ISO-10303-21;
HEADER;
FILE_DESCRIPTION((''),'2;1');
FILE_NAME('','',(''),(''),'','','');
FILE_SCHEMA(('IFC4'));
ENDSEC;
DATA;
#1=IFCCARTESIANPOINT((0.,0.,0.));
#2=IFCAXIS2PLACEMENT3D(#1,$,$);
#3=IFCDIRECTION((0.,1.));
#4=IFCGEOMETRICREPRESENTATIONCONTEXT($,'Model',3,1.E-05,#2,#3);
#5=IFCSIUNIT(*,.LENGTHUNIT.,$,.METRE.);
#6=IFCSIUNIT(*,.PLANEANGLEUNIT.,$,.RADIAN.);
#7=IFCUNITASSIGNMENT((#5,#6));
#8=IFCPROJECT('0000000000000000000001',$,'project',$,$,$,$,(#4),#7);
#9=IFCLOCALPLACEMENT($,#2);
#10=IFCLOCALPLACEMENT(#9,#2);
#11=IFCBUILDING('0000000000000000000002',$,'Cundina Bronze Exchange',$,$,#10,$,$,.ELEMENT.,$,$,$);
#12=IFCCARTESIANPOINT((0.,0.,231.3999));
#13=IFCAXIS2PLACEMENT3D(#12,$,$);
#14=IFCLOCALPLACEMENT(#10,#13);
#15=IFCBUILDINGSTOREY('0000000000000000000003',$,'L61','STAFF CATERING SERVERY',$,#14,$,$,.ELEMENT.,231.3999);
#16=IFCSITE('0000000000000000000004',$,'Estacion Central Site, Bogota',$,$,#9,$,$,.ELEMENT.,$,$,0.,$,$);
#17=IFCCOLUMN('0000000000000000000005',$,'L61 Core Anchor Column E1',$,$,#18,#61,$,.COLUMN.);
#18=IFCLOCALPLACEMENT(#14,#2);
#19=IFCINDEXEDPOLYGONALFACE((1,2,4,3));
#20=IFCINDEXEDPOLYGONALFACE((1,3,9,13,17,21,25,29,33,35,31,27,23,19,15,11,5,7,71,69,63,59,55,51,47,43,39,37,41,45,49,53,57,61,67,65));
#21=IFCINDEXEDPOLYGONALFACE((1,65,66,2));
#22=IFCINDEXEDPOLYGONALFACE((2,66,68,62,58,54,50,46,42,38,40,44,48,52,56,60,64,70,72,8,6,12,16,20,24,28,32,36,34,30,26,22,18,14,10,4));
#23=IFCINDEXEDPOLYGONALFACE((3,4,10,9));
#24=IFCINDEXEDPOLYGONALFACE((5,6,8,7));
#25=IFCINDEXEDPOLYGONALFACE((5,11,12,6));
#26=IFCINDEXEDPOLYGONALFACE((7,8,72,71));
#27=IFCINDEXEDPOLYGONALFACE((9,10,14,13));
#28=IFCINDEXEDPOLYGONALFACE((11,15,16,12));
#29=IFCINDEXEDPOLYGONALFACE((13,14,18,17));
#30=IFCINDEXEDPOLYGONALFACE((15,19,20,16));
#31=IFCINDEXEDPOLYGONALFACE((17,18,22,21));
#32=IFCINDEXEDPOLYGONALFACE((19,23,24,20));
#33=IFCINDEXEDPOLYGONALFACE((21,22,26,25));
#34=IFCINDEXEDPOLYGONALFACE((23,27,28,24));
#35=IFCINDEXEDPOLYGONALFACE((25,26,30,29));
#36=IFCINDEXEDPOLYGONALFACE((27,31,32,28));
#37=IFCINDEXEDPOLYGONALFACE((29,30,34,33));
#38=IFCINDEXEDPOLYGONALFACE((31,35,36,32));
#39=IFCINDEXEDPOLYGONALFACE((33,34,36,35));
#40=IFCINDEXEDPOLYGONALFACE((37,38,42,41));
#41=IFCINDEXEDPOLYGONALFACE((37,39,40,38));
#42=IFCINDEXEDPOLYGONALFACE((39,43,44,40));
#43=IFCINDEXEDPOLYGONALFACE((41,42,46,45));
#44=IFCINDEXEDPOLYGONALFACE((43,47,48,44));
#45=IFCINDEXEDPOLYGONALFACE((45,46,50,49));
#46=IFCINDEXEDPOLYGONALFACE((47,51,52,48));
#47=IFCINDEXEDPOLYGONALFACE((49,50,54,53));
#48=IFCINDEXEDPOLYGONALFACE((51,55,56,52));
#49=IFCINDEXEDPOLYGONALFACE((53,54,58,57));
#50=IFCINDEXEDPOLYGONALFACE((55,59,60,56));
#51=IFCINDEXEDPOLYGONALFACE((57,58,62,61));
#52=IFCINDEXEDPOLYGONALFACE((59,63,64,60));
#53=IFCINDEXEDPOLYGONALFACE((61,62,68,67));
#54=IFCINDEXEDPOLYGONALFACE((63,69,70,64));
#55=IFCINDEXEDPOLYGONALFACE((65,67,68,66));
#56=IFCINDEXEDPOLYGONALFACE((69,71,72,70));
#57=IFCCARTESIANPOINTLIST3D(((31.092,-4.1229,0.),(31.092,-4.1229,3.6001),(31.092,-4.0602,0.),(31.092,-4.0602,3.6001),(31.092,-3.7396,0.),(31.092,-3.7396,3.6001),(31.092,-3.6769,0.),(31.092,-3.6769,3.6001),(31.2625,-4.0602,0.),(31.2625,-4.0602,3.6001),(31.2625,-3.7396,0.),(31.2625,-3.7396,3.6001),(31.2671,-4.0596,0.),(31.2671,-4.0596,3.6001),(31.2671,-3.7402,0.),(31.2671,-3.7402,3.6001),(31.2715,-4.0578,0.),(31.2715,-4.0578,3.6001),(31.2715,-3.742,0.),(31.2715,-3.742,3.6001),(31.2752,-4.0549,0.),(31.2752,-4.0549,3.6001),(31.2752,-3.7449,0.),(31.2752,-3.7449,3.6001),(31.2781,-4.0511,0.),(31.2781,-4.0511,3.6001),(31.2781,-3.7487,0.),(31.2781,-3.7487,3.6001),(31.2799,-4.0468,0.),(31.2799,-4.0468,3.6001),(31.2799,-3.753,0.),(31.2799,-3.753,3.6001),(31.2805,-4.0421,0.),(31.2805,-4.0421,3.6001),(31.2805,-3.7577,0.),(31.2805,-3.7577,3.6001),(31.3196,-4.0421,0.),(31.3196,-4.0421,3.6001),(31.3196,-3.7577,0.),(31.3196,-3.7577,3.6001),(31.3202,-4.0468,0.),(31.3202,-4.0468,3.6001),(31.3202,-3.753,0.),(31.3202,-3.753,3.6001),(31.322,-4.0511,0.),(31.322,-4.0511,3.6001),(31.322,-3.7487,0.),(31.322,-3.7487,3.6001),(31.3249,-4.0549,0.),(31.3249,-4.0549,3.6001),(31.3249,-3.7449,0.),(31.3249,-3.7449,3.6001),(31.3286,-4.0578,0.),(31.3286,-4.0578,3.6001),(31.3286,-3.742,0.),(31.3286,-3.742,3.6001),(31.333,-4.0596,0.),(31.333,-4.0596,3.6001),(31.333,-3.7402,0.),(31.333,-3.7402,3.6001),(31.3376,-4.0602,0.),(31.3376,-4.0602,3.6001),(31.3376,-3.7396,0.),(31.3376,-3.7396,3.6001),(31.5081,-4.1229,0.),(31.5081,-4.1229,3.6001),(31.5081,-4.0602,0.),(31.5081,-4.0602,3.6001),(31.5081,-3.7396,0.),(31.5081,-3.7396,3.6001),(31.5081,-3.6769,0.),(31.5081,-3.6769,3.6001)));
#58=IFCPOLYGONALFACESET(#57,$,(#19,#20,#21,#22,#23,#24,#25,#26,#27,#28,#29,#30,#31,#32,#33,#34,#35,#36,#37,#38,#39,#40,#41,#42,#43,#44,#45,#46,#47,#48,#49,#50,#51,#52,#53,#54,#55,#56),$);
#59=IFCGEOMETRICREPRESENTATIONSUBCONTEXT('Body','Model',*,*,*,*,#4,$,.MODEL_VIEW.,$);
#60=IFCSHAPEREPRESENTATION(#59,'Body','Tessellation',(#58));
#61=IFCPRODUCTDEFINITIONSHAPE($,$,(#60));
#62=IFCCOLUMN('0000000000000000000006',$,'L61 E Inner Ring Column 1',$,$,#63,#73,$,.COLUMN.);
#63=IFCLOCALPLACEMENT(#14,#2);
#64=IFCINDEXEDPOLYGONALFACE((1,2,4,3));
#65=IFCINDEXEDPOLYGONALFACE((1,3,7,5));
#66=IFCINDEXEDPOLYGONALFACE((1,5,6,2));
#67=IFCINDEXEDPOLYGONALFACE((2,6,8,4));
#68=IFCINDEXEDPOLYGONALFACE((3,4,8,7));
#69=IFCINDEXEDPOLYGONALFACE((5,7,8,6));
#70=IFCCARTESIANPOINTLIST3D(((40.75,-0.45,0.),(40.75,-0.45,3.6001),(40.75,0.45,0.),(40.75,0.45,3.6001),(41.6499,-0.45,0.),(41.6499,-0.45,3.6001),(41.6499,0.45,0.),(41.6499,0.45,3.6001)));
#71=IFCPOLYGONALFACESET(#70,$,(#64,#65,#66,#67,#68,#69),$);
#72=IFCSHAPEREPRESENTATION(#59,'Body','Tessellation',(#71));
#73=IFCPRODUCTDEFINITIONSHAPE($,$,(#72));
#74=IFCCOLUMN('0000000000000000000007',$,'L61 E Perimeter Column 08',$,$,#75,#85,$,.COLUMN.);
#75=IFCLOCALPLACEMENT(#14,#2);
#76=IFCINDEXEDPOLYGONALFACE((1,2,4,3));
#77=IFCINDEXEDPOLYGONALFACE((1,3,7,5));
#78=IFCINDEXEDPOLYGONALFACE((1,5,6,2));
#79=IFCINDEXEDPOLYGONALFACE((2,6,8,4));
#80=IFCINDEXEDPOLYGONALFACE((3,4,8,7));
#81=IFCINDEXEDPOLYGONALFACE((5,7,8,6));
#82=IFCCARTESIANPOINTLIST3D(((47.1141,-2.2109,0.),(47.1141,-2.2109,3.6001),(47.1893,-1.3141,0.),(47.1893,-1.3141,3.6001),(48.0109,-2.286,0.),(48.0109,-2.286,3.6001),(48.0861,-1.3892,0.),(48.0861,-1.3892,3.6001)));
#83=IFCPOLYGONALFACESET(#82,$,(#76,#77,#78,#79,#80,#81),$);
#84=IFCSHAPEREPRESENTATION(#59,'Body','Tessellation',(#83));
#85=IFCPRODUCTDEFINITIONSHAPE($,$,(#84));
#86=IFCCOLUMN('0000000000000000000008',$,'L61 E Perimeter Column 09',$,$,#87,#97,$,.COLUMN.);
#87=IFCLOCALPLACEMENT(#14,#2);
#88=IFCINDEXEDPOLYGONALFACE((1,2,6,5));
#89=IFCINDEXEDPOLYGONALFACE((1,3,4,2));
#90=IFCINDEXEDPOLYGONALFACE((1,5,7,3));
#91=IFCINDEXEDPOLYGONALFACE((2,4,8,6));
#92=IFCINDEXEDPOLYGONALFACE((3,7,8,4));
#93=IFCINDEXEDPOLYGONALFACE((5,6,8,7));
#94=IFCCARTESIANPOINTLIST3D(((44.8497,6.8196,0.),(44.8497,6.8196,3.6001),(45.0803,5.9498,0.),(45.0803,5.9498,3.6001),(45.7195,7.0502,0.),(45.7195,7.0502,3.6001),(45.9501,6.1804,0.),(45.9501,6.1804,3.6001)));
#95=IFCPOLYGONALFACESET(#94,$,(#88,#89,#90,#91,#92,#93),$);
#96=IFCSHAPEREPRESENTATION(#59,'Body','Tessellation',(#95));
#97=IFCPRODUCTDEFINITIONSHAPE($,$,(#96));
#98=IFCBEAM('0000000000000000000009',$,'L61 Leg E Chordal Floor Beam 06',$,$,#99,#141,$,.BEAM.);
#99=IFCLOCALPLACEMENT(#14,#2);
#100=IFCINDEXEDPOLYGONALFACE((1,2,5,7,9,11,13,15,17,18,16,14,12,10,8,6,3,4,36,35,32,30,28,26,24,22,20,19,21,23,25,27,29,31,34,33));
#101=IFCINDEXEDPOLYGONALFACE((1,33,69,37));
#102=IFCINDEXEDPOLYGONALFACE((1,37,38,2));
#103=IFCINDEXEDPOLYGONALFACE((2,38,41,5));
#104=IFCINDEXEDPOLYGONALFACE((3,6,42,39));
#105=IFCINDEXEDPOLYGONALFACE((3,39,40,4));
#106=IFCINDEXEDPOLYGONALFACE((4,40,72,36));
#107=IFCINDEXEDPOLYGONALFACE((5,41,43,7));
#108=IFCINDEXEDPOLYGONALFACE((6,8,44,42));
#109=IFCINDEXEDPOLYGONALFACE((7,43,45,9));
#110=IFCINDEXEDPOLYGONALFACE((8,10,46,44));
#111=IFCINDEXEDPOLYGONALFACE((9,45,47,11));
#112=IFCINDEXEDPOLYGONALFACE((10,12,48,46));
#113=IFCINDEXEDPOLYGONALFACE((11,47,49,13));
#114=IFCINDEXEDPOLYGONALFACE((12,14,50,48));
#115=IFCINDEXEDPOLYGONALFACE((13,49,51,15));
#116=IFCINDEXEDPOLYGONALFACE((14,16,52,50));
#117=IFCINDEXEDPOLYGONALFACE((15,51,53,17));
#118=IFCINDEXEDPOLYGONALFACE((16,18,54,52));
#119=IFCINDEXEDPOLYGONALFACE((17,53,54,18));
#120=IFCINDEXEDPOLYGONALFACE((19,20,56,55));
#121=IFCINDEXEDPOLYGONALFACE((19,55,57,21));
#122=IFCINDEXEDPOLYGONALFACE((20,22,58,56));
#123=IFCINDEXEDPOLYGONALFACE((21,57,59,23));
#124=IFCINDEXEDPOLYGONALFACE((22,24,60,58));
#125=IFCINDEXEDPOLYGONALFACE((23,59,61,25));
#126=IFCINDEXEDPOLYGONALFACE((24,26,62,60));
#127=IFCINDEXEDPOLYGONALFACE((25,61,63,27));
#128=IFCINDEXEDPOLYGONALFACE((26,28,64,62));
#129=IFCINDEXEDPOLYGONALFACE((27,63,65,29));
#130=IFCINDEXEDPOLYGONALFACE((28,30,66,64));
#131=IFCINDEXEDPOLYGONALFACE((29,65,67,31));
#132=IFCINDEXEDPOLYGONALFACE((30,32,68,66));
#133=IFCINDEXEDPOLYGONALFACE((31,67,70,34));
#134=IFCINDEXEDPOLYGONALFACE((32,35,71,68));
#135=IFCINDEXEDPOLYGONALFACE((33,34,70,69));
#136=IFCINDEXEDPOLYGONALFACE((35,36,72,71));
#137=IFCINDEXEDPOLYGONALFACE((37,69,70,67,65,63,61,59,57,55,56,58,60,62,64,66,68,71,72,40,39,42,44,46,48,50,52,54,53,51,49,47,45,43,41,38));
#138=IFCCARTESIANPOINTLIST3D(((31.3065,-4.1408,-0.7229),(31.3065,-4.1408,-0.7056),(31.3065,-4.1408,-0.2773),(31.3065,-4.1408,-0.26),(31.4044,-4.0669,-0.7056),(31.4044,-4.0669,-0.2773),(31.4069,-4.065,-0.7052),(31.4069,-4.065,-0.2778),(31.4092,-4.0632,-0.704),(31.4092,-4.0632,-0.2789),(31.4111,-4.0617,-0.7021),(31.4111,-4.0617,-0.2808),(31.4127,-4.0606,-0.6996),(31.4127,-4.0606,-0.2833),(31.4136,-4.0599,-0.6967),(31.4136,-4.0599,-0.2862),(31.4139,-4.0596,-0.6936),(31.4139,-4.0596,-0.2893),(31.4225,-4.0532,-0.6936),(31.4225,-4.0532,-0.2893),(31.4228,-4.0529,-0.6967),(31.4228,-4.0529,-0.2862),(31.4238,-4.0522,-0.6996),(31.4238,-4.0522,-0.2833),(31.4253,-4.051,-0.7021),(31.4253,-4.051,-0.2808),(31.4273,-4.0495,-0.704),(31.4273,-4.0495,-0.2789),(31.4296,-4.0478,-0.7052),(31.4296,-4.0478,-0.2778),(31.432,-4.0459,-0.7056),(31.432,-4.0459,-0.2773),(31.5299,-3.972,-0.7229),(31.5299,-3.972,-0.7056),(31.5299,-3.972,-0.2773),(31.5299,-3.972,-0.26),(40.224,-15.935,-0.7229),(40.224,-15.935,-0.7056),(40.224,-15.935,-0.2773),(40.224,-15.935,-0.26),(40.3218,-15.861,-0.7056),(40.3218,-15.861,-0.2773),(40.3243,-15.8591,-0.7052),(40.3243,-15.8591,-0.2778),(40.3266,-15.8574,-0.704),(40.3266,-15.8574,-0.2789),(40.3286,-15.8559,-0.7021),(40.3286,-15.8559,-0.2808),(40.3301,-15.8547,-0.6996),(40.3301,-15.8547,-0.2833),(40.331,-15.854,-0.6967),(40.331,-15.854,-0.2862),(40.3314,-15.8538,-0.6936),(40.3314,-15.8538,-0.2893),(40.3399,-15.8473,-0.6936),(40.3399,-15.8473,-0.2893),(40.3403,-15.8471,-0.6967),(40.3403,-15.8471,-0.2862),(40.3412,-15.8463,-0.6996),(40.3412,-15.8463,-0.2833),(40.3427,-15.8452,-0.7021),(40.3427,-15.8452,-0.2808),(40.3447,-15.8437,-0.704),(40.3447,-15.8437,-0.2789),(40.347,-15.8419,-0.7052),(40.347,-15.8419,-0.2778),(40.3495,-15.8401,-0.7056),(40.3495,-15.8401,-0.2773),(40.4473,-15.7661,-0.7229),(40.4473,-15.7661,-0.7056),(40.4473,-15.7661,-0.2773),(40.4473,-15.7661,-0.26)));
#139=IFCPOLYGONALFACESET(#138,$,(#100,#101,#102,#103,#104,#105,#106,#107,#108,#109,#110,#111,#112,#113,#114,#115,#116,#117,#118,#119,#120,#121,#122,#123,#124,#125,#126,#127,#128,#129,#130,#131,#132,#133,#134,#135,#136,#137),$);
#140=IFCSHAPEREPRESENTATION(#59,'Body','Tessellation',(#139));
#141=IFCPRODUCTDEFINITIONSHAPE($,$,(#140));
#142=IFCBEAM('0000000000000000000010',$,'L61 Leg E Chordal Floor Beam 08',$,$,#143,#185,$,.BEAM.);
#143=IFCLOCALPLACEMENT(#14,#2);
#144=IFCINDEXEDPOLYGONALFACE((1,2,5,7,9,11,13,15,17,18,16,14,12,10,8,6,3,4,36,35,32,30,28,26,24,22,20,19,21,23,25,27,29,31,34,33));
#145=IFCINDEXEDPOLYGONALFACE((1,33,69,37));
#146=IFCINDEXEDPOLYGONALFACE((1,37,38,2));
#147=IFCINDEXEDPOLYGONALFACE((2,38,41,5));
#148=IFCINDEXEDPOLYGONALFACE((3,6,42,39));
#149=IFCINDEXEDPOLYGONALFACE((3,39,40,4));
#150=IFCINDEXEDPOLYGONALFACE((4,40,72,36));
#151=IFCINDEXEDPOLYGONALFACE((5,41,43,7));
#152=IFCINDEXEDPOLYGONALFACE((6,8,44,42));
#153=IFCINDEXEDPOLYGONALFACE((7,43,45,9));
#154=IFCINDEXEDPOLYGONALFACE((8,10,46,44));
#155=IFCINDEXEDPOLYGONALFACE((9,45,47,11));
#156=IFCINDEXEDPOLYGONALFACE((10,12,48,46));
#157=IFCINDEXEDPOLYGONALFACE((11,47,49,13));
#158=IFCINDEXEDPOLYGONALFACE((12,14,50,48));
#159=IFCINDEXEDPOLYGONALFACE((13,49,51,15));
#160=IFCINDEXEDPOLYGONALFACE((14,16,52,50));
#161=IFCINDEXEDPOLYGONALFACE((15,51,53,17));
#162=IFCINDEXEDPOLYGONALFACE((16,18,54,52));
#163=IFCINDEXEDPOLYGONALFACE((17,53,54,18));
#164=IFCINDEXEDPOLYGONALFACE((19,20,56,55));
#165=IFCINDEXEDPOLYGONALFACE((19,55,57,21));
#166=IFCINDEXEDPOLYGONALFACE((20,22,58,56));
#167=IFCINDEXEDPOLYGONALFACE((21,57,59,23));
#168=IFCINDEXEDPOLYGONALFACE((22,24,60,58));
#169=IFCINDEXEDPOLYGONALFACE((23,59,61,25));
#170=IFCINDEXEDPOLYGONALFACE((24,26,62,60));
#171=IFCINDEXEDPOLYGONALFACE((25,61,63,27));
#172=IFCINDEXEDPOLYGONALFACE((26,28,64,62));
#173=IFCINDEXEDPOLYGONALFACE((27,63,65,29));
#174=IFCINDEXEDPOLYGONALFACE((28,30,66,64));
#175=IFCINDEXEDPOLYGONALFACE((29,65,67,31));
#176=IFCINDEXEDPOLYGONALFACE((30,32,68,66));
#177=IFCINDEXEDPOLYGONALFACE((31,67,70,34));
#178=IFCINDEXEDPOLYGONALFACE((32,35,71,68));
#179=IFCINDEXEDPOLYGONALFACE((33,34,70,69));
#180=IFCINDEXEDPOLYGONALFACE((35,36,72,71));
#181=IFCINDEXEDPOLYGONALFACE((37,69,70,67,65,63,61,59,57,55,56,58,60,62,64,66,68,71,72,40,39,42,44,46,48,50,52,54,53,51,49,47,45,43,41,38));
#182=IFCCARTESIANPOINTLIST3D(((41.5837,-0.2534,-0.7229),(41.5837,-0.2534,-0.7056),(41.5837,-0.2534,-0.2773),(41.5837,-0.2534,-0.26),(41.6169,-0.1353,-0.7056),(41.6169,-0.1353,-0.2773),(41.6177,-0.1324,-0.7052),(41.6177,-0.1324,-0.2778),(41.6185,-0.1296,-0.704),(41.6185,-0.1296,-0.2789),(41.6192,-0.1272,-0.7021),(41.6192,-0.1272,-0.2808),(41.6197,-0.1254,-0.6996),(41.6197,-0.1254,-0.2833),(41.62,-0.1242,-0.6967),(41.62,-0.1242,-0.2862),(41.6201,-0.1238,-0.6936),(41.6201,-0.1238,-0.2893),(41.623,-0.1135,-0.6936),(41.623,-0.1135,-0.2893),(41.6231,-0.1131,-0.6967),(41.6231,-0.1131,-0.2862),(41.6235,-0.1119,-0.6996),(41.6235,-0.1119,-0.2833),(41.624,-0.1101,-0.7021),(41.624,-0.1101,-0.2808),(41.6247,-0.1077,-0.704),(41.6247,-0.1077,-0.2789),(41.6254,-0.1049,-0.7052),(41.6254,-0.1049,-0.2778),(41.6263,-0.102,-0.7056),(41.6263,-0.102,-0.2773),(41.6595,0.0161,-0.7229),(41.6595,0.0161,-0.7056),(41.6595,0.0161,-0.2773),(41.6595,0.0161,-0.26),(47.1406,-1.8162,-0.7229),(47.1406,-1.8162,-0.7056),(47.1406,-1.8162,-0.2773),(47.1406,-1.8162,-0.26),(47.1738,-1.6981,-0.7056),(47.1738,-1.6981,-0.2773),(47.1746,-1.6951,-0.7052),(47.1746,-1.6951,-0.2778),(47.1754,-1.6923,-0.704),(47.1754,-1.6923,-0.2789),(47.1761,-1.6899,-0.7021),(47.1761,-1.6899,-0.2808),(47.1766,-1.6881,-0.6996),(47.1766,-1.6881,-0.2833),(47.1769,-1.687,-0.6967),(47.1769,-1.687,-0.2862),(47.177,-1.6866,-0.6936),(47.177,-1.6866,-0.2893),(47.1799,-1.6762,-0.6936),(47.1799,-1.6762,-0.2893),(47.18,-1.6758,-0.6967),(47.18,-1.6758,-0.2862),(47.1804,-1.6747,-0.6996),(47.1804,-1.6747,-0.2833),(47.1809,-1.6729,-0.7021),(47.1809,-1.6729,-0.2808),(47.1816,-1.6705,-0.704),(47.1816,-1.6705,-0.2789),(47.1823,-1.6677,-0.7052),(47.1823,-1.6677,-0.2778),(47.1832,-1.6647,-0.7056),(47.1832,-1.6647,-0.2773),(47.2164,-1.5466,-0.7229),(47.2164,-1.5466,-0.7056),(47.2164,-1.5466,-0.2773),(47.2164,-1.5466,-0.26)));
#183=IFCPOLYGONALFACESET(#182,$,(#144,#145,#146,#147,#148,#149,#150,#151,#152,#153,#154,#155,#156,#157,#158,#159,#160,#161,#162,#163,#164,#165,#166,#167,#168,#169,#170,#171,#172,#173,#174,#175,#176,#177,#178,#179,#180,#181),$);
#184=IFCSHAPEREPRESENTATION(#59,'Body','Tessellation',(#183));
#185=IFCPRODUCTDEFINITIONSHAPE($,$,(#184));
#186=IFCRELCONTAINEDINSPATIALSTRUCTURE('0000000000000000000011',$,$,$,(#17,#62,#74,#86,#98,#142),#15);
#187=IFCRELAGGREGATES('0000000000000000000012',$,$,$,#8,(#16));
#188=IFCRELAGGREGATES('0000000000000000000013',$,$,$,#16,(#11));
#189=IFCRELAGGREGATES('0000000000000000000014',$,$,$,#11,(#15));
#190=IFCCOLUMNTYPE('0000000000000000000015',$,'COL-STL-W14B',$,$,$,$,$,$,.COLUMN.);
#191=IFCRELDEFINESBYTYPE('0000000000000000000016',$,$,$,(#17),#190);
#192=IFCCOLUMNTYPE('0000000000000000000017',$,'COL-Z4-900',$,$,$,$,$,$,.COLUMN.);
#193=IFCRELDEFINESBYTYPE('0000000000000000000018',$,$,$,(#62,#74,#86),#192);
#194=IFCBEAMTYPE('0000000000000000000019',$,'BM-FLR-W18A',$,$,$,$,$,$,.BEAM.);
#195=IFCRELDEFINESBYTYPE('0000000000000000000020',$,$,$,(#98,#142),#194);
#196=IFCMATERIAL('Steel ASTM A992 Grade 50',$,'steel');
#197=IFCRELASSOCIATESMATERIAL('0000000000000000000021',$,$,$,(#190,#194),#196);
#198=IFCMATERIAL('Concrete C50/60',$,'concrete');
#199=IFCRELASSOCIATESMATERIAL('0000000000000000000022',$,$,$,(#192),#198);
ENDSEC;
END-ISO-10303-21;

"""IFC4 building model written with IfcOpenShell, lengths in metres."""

from ifc_helpers import new_model, si_unit, direction, frame, origin, origin_2d, place, context, subcontext, project, spatial, rectangle, i_section, extrude, material, material_profile, profile_set, type_object, element, save


model = new_model("IFC4")

# Units and contexts
model_context = context("Model", 3, precision=1e-05, world=origin(), true_north=direction((0.0, 1.0)))
body_context = subcontext(model_context, "Body", "Model", "MODEL_VIEW")
ifc_project = project(units=[si_unit("LENGTHUNIT", "METRE"), si_unit("PLANEANGLEUNIT", "RADIAN")], contexts=[model_context])

# Site, building, storey
site_placement = place(None, origin())
site = spatial("IfcSite", under=ifc_project, at=site_placement, Name="Estacion Central Site, Bogota", CompositionType="ELEMENT", RefElevation=0.0)
building_placement = place(site_placement, origin())
building = spatial("IfcBuilding", under=site, at=building_placement, Name="Cundina Bronze Exchange", CompositionType="ELEMENT")
storey_placement = place(building_placement, frame((0.0, 0.0, 231.3999)))
storey = spatial("IfcBuildingStorey", under=building, at=storey_placement, Name="L61", Description="STAFF CATERING SERVERY", CompositionType="ELEMENT", Elevation=231.3999)

# Columns
ifc_material_1 = material(Name="Steel ASTM A992 Grade 50", Category="steel")
ifc_material_profile_1 = material_profile(ifc_material_1, i_section(OverallWidth=0.416, OverallDepth=0.446, WebThickness=0.0391, FlangeThickness=0.0627, FilletRadius=0.0181, at=origin_2d()), Name="W14X342", Category="steel")
ifc_profile_set_1 = profile_set([ifc_material_profile_1], Name="Steel ASTM A992 Grade 50")
column_type_1 = type_object("IfcColumnType", Name="COL-STL-W14B", PredefinedType="COLUMN", material=ifc_profile_set_1)
column_placement = place(storey_placement, frame((31.3, -3.8999, 0.0), z_axis=(0.0, 0.0, 1.0), x_axis=(1.0, 0.0, 0.0)))
element("IfcColumn", 1, at=column_placement, inside=storey, type_object=column_type_1, Name="L61 Core Anchor Column E1", PredefinedType="COLUMN", context=body_context, shape_type="SweptSolid", body=[
    extrude(i_section(OverallWidth=0.416, OverallDepth=0.446, WebThickness=0.0391, FlangeThickness=0.0627, FilletRadius=0.0181, at=origin_2d()), origin(), (0.0, 0.0, 1.0), 3.6001),
])
ifc_material_2 = material(Name="Concrete C50/60", Category="concrete")
ifc_material_profile_2 = material_profile(ifc_material_2, rectangle(XDim=0.8999, YDim=0.8999, at=origin_2d()), Name="RC900X900", Category="concrete")
ifc_profile_set_2 = profile_set([ifc_material_profile_2], Name="Concrete C50/60")
column_type_2 = type_object("IfcColumnType", Name="COL-Z4-900", PredefinedType="COLUMN", material=ifc_profile_set_2)
for number, where, z_axis, x_axis, name in (
    (2, (41.2, 0.0, 0.0), (0.0, 0.0, 1.0), (1.0, 0.0, 0.0), "L61 E Inner Ring Column 1"),
    (3, (47.6001, -1.8, 0.0), (0.0, 0.0, 1.0), (0.083504, 0.996507, 0.0), "L61 E Perimeter Column 08"),
    (4, (45.3999, 6.5, 0.0), (0.0, 0.0, 1.0), (-0.256289, 0.9666, 0.0), "L61 E Perimeter Column 09"),
):
    element("IfcColumn", number, at=place(storey_placement, frame(where, z_axis=z_axis, x_axis=x_axis)), inside=storey, type_object=column_type_2, Name=name, PredefinedType="COLUMN", context=body_context, shape_type="SweptSolid", body=[
        extrude(rectangle(XDim=0.8999, YDim=0.8999, at=origin_2d()), origin(), (0.0, 0.0, 1.0), 3.6001),
    ])

# Beams
ifc_material_profile_3 = material_profile(ifc_material_1, i_section(OverallWidth=0.28, OverallDepth=0.4629, WebThickness=0.0107, FlangeThickness=0.0173, FilletRadius=0.012, at=origin_2d()), Name="W18X76", Category="steel")
ifc_profile_set_3 = profile_set([ifc_material_profile_3], Name="Steel ASTM A992 Grade 50")
beam_type_1 = type_object("IfcBeamType", Name="BM-FLR-W18A", PredefinedType="BEAM", material=ifc_profile_set_3)
beam_1_placement = place(storey_placement, frame((31.4182, -4.0564, -0.4915), z_axis=(0.603105, -0.797662, 0.0), x_axis=(0.797662, 0.603105, 0.0)))
element("IfcBeam", 5, at=beam_1_placement, inside=storey, type_object=beam_type_1, Name="L61 Leg E Chordal Floor Beam 06", PredefinedType="BEAM", context=body_context, shape_type="SweptSolid", body=[
    extrude(i_section(OverallWidth=0.28, OverallDepth=0.4629, WebThickness=0.0107, FlangeThickness=0.0173, FilletRadius=0.012, at=origin_2d()), origin(), (0.0, 0.0, 1.0), 14.7859),
])
beam_2_placement = place(storey_placement, frame((41.6216, -0.1187, -0.4915), z_axis=(0.962657, -0.270725, 0.0), x_axis=(0.270725, 0.962657, 0.0)))
element("IfcBeam", 6, at=beam_2_placement, inside=storey, type_object=beam_type_1, Name="L61 Leg E Chordal Floor Beam 08", PredefinedType="BEAM", context=body_context, shape_type="SweptSolid", body=[
    extrude(i_section(OverallWidth=0.28, OverallDepth=0.4629, WebThickness=0.0107, FlangeThickness=0.0173, FilletRadius=0.012, at=origin_2d()), origin(), (0.0, 0.0, 1.0), 5.7725),
])

save(model, "model.ifc")
